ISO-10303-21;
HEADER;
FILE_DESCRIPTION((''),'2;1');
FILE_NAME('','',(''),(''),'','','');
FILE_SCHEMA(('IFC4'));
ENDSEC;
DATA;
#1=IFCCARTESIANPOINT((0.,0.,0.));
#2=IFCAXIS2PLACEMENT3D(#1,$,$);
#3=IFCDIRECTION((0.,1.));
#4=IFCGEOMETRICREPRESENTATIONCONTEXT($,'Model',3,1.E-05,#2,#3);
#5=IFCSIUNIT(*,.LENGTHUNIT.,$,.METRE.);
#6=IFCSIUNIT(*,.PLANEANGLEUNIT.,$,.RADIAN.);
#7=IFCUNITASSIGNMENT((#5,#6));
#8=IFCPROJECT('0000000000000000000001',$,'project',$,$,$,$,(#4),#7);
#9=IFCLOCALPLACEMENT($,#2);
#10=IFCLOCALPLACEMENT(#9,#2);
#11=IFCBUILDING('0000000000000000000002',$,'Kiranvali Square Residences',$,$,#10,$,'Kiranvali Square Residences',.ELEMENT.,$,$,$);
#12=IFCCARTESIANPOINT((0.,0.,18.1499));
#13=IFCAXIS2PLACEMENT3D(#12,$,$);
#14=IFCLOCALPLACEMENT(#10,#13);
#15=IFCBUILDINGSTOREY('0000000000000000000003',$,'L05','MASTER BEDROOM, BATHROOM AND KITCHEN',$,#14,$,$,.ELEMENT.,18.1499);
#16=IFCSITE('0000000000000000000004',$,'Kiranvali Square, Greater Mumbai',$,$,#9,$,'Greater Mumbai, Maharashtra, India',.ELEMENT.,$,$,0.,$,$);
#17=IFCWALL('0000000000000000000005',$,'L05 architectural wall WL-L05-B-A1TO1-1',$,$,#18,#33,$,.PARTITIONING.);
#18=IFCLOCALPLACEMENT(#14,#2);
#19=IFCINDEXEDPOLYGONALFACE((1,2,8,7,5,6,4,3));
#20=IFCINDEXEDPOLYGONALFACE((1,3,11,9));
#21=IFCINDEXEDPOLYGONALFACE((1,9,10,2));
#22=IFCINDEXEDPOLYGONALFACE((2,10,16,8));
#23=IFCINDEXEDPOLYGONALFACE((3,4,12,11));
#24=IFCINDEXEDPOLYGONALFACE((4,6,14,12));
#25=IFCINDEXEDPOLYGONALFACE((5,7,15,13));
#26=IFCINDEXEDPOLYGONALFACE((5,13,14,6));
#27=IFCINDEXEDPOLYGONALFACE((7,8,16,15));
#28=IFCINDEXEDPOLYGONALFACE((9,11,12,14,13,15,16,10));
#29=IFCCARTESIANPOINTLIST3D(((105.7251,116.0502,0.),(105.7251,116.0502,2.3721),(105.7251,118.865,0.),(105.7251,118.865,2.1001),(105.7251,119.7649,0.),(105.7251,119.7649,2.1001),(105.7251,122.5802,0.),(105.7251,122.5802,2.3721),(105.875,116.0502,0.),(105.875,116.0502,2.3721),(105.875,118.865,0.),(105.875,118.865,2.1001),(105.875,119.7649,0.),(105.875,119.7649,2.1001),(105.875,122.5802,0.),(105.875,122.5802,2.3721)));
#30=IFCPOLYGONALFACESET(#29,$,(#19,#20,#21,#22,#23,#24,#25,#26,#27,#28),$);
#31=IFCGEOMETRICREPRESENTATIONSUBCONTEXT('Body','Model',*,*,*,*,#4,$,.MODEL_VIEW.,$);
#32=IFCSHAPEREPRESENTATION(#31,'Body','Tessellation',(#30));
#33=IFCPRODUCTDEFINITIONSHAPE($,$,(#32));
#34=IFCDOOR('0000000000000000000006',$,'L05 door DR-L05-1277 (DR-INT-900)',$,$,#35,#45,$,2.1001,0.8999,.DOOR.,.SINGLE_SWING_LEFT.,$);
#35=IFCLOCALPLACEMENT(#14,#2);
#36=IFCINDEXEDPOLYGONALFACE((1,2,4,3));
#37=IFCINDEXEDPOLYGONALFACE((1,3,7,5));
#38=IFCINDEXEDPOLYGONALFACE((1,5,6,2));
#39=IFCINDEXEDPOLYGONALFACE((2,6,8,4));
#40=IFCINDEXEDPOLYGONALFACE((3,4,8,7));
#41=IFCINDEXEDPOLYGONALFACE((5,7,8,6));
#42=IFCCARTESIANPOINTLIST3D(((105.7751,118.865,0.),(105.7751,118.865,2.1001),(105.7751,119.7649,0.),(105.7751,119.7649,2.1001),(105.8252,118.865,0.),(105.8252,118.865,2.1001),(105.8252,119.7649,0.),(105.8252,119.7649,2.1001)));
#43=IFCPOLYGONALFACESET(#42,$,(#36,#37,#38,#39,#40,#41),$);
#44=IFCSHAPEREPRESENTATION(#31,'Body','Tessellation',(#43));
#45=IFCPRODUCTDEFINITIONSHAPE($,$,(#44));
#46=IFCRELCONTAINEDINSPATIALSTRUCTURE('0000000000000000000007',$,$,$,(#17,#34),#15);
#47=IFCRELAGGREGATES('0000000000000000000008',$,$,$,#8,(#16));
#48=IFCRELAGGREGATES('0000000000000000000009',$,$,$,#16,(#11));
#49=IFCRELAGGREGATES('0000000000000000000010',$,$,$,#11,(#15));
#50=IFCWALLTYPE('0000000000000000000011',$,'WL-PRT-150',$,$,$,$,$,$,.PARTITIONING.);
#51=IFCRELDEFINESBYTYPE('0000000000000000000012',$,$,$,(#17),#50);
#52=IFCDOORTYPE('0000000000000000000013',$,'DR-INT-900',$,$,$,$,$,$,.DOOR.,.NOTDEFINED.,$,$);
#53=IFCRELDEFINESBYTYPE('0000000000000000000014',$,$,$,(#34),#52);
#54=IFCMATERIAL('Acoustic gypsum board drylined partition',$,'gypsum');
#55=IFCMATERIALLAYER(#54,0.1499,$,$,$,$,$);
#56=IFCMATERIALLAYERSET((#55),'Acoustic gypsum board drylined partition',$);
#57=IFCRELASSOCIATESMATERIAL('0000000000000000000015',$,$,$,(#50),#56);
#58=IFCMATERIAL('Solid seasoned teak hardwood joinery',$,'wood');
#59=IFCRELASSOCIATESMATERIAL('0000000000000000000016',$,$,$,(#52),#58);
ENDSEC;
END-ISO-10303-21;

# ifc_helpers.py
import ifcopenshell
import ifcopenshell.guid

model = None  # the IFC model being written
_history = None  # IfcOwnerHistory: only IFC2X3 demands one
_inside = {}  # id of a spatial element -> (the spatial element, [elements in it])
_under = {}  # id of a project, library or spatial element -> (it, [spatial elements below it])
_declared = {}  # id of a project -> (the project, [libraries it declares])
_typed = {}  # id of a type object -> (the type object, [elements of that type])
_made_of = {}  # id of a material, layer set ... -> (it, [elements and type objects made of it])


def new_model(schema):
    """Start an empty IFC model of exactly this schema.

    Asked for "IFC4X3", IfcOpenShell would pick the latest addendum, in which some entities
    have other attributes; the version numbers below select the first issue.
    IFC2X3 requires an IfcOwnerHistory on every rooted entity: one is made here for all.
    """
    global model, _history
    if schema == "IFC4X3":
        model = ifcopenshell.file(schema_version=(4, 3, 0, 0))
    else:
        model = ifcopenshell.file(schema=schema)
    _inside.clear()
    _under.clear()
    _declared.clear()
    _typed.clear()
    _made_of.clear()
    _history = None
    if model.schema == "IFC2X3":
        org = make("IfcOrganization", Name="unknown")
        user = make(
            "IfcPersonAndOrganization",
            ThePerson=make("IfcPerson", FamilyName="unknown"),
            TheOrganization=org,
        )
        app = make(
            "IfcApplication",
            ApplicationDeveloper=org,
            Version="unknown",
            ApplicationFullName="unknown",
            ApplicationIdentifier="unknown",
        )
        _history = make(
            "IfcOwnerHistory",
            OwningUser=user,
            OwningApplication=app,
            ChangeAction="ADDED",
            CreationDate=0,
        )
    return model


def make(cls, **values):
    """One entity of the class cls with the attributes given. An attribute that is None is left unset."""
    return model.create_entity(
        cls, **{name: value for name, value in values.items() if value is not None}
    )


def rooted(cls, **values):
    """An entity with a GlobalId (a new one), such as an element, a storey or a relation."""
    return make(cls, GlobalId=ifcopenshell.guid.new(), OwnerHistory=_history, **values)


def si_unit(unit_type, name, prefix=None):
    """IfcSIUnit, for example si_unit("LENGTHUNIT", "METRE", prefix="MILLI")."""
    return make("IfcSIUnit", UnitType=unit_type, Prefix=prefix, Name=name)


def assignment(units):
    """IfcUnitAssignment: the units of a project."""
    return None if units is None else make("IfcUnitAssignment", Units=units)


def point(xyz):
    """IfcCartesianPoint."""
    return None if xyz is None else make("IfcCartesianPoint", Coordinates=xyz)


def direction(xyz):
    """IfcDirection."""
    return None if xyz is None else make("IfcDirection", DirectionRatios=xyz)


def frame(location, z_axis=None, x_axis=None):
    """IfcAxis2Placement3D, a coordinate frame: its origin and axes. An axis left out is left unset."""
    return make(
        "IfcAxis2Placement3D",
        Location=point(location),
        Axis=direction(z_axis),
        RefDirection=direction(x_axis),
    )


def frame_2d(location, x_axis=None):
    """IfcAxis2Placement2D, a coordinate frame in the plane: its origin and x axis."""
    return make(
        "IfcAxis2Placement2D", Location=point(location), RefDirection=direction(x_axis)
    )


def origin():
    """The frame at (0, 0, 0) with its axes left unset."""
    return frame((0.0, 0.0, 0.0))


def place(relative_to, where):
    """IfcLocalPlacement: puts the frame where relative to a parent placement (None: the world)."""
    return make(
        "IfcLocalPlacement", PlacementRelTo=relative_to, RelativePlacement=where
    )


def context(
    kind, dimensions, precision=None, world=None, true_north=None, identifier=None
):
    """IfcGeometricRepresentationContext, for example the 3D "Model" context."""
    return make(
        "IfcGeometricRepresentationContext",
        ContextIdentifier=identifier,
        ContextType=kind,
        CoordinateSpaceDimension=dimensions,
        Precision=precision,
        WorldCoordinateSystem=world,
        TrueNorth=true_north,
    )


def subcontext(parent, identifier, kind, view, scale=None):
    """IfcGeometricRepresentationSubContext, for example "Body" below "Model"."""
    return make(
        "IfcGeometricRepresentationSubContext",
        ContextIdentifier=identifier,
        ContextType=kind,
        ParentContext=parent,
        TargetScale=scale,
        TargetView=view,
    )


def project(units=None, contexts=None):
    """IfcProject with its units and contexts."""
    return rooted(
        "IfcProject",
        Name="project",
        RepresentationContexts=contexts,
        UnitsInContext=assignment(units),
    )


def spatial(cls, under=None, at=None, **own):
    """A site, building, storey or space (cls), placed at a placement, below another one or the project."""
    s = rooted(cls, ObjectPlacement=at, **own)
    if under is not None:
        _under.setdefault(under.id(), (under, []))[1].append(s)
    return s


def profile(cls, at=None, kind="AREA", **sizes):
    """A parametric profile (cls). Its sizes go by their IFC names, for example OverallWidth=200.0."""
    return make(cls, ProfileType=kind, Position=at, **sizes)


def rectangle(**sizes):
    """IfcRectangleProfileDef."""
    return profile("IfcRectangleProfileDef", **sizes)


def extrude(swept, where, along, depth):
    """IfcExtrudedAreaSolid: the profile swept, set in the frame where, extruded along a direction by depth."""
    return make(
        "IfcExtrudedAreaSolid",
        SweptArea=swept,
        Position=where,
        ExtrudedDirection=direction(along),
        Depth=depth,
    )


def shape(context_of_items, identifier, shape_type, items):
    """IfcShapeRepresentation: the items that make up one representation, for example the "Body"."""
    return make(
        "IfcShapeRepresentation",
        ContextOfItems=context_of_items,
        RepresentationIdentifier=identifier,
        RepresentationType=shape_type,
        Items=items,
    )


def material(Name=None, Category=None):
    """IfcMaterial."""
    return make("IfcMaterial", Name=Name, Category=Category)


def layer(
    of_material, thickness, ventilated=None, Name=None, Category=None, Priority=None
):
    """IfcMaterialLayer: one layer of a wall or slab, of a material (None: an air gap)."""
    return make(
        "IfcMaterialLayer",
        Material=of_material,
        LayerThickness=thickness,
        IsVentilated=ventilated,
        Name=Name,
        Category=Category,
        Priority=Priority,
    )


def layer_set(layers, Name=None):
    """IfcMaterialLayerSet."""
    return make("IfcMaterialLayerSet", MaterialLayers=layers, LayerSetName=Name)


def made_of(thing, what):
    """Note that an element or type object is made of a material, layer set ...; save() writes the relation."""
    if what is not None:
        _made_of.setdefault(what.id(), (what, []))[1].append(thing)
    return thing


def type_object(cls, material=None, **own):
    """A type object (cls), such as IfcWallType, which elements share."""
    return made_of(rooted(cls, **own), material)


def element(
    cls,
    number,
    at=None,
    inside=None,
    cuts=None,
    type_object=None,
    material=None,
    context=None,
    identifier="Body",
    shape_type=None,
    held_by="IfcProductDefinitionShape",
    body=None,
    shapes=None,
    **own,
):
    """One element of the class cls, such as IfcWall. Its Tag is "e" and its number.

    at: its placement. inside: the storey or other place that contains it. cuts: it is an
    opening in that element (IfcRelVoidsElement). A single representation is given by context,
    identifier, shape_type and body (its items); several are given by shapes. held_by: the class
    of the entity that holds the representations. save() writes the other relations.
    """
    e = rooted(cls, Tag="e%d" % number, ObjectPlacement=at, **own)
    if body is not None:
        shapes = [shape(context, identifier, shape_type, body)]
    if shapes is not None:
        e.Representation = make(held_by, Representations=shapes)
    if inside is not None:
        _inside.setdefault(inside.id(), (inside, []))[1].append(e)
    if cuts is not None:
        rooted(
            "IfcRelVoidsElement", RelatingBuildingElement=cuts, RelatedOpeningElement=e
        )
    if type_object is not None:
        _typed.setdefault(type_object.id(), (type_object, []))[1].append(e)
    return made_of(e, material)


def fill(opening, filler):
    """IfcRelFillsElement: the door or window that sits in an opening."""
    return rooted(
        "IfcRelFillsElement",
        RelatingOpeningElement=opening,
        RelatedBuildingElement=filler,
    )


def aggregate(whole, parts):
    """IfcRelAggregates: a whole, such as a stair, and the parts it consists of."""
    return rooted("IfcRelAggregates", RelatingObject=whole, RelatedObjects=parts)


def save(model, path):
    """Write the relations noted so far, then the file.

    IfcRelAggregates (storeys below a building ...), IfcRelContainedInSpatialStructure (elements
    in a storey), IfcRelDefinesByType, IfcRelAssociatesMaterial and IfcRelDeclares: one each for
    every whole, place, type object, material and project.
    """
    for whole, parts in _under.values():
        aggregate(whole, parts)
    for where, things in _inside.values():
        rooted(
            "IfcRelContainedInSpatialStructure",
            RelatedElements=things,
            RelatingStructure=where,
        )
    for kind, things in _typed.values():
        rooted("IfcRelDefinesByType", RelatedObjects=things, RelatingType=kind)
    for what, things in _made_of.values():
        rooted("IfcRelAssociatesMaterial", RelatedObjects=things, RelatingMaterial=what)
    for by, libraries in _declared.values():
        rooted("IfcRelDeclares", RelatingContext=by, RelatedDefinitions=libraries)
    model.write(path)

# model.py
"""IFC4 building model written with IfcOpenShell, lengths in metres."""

from ifc_helpers import new_model, si_unit, direction, frame, frame_2d, origin, place, context, subcontext, project, spatial, rectangle, extrude, material, layer, layer_set, type_object, element, fill, save


model = new_model("IFC4")

# Units and contexts
model_context = context("Model", 3, precision=1e-05, world=origin(), true_north=direction((0.0, 1.0)))
body_context = subcontext(model_context, "Body", "Model", "MODEL_VIEW")
ifc_project = project(units=[si_unit("LENGTHUNIT", "METRE"), si_unit("PLANEANGLEUNIT", "RADIAN")], contexts=[model_context])

# Site, building, storey
site_placement = place(None, origin())
site = spatial("IfcSite", under=ifc_project, at=site_placement, Name="Kiranvali Square, Greater Mumbai", LongName="Greater Mumbai, Maharashtra, India", CompositionType="ELEMENT", RefElevation=0.0)
building_placement = place(site_placement, origin())
building = spatial("IfcBuilding", under=site, at=building_placement, Name="Kiranvali Square Residences", LongName="Kiranvali Square Residences", CompositionType="ELEMENT")
storey_placement = place(building_placement, frame((0.0, 0.0, 18.1499)))
storey = spatial("IfcBuildingStorey", under=building, at=storey_placement, Name="L05", Description="MASTER BEDROOM, BATHROOM AND KITCHEN", CompositionType="ELEMENT", Elevation=18.1499)

# Wall, opening, door
ifc_material_1 = material(Name="Acoustic gypsum board drylined partition", Category="gypsum")
ifc_layer_1 = layer(ifc_material_1, 0.1499)
ifc_layer_set_1 = layer_set([ifc_layer_1], Name="Acoustic gypsum board drylined partition")
wall_type_1 = type_object("IfcWallType", Name="WL-PRT-150", PredefinedType="PARTITIONING", material=ifc_layer_set_1)
wall_1_placement = place(storey_placement, frame((105.8, 116.05, 0.0), z_axis=(0.0, 0.0, 1.0), x_axis=(0.0, 1.0, 0.0)))
wall_1 = element("IfcWall", 1, at=wall_1_placement, inside=storey, type_object=wall_type_1, Name="L05 architectural wall WL-L05-B-A1TO1-1", PredefinedType="PARTITIONING", context=body_context, shape_type="SweptSolid", body=[
    extrude(rectangle(XDim=6.53, YDim=0.1499, at=frame_2d((3.2651, 0.0))), origin(), (0.0, 0.0, 1.0), 2.3721),
])
opening_1_placement = place(wall_1_placement, frame((2.8149, 0.0, 0.0)))
opening_1 = element("IfcOpeningElement", 2, at=opening_1_placement, cuts=wall_1, PredefinedType="OPENING", context=body_context, shape_type="SweptSolid", body=[
    extrude(rectangle(XDim=0.8999, YDim=2.1001, at=frame_2d((0.45, 1.05))), frame((0.0, 0.085, 0.0), z_axis=(0.0, -1.0, 0.0), x_axis=(1.0, 0.0, 0.0)), (0.0, 0.0, 1.0), 0.1699),
])
ifc_material_2 = material(Name="Solid seasoned teak hardwood joinery", Category="wood")
door_type_1 = type_object("IfcDoorType", Name="DR-INT-900", OperationType="NOTDEFINED", PredefinedType="DOOR", material=ifc_material_2)
door_1_placement = place(opening_1_placement, origin())
door_1 = element("IfcDoor", 3, at=door_1_placement, inside=storey, type_object=door_type_1, Name="L05 door DR-L05-1277 (DR-INT-900)", OperationType="SINGLE_SWING_LEFT", OverallHeight=2.1001, OverallWidth=0.8999, PredefinedType="DOOR", context=body_context, shape_type="SweptSolid", body=[
    extrude(rectangle(XDim=0.8999, YDim=2.1001, at=frame_2d((0.45, 1.05))), frame((0.0, 0.0249, 0.0), z_axis=(0.0, -1.0, 0.0), x_axis=(1.0, 0.0, 0.0)), (0.0, 0.0, 1.0), 0.05),
])
fill(opening_1, door_1)

save(model, "model.ifc")
